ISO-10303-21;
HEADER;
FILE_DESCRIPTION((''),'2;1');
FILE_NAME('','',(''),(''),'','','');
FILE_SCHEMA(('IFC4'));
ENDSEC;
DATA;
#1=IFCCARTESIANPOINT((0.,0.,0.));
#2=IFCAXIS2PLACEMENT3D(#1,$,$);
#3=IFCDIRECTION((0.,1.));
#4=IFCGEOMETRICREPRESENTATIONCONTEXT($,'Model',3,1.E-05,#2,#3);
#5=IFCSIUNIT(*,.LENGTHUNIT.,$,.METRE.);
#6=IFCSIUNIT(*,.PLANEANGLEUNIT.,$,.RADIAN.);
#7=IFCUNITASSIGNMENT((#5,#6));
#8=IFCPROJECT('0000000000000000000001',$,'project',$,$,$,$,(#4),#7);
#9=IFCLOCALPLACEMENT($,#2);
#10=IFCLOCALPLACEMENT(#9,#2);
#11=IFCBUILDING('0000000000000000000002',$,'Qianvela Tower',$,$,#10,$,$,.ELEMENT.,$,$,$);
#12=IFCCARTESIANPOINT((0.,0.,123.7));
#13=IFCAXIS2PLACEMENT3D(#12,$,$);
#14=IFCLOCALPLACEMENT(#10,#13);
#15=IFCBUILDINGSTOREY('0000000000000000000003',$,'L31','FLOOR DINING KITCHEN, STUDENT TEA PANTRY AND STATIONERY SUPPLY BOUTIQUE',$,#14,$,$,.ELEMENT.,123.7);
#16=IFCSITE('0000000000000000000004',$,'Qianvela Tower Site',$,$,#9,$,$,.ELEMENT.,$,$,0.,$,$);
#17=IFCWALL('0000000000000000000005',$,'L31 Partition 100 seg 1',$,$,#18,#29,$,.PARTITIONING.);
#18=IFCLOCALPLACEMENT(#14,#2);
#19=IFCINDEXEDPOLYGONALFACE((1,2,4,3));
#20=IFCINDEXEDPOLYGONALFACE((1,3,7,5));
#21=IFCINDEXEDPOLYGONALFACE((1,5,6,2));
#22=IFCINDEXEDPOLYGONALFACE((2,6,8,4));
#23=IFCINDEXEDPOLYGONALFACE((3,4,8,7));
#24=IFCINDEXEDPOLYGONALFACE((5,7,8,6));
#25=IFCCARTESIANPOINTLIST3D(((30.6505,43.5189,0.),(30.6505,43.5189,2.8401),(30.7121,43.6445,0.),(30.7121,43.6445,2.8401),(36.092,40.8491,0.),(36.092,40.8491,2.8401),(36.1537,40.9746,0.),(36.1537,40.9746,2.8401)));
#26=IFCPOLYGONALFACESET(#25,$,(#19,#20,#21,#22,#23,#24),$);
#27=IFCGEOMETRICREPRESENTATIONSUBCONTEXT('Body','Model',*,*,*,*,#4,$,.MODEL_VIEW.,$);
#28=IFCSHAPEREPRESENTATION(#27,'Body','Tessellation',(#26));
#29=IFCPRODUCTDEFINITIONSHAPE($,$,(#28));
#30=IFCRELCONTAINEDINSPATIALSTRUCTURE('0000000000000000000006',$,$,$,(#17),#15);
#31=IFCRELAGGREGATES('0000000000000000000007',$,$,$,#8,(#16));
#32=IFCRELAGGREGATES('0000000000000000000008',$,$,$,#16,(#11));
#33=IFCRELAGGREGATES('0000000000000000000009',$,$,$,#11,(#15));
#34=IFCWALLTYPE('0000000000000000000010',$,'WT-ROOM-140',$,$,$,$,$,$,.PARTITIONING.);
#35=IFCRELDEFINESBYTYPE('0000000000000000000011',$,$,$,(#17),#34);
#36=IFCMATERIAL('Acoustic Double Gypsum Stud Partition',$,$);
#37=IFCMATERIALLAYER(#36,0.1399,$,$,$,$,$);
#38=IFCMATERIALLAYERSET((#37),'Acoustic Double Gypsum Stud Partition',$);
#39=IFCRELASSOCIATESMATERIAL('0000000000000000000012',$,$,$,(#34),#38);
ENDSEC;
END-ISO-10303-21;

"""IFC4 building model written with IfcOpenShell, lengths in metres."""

from ifc_helpers import new_model, si_unit, direction, frame, frame_2d, origin, place, context, subcontext, project, spatial, rectangle, extrude, material, layer, layer_set, type_object, element, save


model = new_model("IFC4")

# Units and contexts
model_context = context("Model", 3, precision=1e-05, world=origin(), true_north=direction((0.0, 1.0)))
body_context = subcontext(model_context, "Body", "Model", "MODEL_VIEW")
ifc_project = project(units=[si_unit("LENGTHUNIT", "METRE"), si_unit("PLANEANGLEUNIT", "RADIAN")], contexts=[model_context])

# Site, building, storey
site_placement = place(None, origin())
site = spatial("IfcSite", under=ifc_project, at=site_placement, Name="Qianvela Tower Site", CompositionType="ELEMENT", RefElevation=0.0)
building_placement = place(site_placement, origin())
building = spatial("IfcBuilding", under=site, at=building_placement, Name="Qianvela Tower", CompositionType="ELEMENT")
storey_placement = place(building_placement, frame((0.0, 0.0, 123.7)))
storey = spatial("IfcBuildingStorey", under=building, at=storey_placement, Name="L31", Description="FLOOR DINING KITCHEN, STUDENT TEA PANTRY AND STATIONERY SUPPLY BOUTIQUE", CompositionType="ELEMENT", Elevation=123.7)

# Wall
ifc_material_1 = material(Name="Acoustic Double Gypsum Stud Partition")
ifc_layer_1 = layer(ifc_material_1, 0.1399)
ifc_layer_set_1 = layer_set([ifc_layer_1], Name="Acoustic Double Gypsum Stud Partition")
wall_type_1 = type_object("IfcWallType", Name="WT-ROOM-140", PredefinedType="PARTITIONING", material=ifc_layer_set_1)
wall_1_placement = place(storey_placement, frame((30.6812, 43.5818, 0.0), z_axis=(0.0, 0.0, 1.0), x_axis=(0.897761, -0.440483, 0.0)))
element("IfcWall", 1, at=wall_1_placement, inside=storey, type_object=wall_type_1, Name="L31 Partition 100 seg 1", PredefinedType="PARTITIONING", context=body_context, shape_type="SweptSolid", body=[
    extrude(rectangle(XDim=6.0613, YDim=0.1399, at=frame_2d((3.0308, 0.0))), origin(), (0.0, 0.0, 1.0), 2.8401),
])

save(model, "model.ifc")
